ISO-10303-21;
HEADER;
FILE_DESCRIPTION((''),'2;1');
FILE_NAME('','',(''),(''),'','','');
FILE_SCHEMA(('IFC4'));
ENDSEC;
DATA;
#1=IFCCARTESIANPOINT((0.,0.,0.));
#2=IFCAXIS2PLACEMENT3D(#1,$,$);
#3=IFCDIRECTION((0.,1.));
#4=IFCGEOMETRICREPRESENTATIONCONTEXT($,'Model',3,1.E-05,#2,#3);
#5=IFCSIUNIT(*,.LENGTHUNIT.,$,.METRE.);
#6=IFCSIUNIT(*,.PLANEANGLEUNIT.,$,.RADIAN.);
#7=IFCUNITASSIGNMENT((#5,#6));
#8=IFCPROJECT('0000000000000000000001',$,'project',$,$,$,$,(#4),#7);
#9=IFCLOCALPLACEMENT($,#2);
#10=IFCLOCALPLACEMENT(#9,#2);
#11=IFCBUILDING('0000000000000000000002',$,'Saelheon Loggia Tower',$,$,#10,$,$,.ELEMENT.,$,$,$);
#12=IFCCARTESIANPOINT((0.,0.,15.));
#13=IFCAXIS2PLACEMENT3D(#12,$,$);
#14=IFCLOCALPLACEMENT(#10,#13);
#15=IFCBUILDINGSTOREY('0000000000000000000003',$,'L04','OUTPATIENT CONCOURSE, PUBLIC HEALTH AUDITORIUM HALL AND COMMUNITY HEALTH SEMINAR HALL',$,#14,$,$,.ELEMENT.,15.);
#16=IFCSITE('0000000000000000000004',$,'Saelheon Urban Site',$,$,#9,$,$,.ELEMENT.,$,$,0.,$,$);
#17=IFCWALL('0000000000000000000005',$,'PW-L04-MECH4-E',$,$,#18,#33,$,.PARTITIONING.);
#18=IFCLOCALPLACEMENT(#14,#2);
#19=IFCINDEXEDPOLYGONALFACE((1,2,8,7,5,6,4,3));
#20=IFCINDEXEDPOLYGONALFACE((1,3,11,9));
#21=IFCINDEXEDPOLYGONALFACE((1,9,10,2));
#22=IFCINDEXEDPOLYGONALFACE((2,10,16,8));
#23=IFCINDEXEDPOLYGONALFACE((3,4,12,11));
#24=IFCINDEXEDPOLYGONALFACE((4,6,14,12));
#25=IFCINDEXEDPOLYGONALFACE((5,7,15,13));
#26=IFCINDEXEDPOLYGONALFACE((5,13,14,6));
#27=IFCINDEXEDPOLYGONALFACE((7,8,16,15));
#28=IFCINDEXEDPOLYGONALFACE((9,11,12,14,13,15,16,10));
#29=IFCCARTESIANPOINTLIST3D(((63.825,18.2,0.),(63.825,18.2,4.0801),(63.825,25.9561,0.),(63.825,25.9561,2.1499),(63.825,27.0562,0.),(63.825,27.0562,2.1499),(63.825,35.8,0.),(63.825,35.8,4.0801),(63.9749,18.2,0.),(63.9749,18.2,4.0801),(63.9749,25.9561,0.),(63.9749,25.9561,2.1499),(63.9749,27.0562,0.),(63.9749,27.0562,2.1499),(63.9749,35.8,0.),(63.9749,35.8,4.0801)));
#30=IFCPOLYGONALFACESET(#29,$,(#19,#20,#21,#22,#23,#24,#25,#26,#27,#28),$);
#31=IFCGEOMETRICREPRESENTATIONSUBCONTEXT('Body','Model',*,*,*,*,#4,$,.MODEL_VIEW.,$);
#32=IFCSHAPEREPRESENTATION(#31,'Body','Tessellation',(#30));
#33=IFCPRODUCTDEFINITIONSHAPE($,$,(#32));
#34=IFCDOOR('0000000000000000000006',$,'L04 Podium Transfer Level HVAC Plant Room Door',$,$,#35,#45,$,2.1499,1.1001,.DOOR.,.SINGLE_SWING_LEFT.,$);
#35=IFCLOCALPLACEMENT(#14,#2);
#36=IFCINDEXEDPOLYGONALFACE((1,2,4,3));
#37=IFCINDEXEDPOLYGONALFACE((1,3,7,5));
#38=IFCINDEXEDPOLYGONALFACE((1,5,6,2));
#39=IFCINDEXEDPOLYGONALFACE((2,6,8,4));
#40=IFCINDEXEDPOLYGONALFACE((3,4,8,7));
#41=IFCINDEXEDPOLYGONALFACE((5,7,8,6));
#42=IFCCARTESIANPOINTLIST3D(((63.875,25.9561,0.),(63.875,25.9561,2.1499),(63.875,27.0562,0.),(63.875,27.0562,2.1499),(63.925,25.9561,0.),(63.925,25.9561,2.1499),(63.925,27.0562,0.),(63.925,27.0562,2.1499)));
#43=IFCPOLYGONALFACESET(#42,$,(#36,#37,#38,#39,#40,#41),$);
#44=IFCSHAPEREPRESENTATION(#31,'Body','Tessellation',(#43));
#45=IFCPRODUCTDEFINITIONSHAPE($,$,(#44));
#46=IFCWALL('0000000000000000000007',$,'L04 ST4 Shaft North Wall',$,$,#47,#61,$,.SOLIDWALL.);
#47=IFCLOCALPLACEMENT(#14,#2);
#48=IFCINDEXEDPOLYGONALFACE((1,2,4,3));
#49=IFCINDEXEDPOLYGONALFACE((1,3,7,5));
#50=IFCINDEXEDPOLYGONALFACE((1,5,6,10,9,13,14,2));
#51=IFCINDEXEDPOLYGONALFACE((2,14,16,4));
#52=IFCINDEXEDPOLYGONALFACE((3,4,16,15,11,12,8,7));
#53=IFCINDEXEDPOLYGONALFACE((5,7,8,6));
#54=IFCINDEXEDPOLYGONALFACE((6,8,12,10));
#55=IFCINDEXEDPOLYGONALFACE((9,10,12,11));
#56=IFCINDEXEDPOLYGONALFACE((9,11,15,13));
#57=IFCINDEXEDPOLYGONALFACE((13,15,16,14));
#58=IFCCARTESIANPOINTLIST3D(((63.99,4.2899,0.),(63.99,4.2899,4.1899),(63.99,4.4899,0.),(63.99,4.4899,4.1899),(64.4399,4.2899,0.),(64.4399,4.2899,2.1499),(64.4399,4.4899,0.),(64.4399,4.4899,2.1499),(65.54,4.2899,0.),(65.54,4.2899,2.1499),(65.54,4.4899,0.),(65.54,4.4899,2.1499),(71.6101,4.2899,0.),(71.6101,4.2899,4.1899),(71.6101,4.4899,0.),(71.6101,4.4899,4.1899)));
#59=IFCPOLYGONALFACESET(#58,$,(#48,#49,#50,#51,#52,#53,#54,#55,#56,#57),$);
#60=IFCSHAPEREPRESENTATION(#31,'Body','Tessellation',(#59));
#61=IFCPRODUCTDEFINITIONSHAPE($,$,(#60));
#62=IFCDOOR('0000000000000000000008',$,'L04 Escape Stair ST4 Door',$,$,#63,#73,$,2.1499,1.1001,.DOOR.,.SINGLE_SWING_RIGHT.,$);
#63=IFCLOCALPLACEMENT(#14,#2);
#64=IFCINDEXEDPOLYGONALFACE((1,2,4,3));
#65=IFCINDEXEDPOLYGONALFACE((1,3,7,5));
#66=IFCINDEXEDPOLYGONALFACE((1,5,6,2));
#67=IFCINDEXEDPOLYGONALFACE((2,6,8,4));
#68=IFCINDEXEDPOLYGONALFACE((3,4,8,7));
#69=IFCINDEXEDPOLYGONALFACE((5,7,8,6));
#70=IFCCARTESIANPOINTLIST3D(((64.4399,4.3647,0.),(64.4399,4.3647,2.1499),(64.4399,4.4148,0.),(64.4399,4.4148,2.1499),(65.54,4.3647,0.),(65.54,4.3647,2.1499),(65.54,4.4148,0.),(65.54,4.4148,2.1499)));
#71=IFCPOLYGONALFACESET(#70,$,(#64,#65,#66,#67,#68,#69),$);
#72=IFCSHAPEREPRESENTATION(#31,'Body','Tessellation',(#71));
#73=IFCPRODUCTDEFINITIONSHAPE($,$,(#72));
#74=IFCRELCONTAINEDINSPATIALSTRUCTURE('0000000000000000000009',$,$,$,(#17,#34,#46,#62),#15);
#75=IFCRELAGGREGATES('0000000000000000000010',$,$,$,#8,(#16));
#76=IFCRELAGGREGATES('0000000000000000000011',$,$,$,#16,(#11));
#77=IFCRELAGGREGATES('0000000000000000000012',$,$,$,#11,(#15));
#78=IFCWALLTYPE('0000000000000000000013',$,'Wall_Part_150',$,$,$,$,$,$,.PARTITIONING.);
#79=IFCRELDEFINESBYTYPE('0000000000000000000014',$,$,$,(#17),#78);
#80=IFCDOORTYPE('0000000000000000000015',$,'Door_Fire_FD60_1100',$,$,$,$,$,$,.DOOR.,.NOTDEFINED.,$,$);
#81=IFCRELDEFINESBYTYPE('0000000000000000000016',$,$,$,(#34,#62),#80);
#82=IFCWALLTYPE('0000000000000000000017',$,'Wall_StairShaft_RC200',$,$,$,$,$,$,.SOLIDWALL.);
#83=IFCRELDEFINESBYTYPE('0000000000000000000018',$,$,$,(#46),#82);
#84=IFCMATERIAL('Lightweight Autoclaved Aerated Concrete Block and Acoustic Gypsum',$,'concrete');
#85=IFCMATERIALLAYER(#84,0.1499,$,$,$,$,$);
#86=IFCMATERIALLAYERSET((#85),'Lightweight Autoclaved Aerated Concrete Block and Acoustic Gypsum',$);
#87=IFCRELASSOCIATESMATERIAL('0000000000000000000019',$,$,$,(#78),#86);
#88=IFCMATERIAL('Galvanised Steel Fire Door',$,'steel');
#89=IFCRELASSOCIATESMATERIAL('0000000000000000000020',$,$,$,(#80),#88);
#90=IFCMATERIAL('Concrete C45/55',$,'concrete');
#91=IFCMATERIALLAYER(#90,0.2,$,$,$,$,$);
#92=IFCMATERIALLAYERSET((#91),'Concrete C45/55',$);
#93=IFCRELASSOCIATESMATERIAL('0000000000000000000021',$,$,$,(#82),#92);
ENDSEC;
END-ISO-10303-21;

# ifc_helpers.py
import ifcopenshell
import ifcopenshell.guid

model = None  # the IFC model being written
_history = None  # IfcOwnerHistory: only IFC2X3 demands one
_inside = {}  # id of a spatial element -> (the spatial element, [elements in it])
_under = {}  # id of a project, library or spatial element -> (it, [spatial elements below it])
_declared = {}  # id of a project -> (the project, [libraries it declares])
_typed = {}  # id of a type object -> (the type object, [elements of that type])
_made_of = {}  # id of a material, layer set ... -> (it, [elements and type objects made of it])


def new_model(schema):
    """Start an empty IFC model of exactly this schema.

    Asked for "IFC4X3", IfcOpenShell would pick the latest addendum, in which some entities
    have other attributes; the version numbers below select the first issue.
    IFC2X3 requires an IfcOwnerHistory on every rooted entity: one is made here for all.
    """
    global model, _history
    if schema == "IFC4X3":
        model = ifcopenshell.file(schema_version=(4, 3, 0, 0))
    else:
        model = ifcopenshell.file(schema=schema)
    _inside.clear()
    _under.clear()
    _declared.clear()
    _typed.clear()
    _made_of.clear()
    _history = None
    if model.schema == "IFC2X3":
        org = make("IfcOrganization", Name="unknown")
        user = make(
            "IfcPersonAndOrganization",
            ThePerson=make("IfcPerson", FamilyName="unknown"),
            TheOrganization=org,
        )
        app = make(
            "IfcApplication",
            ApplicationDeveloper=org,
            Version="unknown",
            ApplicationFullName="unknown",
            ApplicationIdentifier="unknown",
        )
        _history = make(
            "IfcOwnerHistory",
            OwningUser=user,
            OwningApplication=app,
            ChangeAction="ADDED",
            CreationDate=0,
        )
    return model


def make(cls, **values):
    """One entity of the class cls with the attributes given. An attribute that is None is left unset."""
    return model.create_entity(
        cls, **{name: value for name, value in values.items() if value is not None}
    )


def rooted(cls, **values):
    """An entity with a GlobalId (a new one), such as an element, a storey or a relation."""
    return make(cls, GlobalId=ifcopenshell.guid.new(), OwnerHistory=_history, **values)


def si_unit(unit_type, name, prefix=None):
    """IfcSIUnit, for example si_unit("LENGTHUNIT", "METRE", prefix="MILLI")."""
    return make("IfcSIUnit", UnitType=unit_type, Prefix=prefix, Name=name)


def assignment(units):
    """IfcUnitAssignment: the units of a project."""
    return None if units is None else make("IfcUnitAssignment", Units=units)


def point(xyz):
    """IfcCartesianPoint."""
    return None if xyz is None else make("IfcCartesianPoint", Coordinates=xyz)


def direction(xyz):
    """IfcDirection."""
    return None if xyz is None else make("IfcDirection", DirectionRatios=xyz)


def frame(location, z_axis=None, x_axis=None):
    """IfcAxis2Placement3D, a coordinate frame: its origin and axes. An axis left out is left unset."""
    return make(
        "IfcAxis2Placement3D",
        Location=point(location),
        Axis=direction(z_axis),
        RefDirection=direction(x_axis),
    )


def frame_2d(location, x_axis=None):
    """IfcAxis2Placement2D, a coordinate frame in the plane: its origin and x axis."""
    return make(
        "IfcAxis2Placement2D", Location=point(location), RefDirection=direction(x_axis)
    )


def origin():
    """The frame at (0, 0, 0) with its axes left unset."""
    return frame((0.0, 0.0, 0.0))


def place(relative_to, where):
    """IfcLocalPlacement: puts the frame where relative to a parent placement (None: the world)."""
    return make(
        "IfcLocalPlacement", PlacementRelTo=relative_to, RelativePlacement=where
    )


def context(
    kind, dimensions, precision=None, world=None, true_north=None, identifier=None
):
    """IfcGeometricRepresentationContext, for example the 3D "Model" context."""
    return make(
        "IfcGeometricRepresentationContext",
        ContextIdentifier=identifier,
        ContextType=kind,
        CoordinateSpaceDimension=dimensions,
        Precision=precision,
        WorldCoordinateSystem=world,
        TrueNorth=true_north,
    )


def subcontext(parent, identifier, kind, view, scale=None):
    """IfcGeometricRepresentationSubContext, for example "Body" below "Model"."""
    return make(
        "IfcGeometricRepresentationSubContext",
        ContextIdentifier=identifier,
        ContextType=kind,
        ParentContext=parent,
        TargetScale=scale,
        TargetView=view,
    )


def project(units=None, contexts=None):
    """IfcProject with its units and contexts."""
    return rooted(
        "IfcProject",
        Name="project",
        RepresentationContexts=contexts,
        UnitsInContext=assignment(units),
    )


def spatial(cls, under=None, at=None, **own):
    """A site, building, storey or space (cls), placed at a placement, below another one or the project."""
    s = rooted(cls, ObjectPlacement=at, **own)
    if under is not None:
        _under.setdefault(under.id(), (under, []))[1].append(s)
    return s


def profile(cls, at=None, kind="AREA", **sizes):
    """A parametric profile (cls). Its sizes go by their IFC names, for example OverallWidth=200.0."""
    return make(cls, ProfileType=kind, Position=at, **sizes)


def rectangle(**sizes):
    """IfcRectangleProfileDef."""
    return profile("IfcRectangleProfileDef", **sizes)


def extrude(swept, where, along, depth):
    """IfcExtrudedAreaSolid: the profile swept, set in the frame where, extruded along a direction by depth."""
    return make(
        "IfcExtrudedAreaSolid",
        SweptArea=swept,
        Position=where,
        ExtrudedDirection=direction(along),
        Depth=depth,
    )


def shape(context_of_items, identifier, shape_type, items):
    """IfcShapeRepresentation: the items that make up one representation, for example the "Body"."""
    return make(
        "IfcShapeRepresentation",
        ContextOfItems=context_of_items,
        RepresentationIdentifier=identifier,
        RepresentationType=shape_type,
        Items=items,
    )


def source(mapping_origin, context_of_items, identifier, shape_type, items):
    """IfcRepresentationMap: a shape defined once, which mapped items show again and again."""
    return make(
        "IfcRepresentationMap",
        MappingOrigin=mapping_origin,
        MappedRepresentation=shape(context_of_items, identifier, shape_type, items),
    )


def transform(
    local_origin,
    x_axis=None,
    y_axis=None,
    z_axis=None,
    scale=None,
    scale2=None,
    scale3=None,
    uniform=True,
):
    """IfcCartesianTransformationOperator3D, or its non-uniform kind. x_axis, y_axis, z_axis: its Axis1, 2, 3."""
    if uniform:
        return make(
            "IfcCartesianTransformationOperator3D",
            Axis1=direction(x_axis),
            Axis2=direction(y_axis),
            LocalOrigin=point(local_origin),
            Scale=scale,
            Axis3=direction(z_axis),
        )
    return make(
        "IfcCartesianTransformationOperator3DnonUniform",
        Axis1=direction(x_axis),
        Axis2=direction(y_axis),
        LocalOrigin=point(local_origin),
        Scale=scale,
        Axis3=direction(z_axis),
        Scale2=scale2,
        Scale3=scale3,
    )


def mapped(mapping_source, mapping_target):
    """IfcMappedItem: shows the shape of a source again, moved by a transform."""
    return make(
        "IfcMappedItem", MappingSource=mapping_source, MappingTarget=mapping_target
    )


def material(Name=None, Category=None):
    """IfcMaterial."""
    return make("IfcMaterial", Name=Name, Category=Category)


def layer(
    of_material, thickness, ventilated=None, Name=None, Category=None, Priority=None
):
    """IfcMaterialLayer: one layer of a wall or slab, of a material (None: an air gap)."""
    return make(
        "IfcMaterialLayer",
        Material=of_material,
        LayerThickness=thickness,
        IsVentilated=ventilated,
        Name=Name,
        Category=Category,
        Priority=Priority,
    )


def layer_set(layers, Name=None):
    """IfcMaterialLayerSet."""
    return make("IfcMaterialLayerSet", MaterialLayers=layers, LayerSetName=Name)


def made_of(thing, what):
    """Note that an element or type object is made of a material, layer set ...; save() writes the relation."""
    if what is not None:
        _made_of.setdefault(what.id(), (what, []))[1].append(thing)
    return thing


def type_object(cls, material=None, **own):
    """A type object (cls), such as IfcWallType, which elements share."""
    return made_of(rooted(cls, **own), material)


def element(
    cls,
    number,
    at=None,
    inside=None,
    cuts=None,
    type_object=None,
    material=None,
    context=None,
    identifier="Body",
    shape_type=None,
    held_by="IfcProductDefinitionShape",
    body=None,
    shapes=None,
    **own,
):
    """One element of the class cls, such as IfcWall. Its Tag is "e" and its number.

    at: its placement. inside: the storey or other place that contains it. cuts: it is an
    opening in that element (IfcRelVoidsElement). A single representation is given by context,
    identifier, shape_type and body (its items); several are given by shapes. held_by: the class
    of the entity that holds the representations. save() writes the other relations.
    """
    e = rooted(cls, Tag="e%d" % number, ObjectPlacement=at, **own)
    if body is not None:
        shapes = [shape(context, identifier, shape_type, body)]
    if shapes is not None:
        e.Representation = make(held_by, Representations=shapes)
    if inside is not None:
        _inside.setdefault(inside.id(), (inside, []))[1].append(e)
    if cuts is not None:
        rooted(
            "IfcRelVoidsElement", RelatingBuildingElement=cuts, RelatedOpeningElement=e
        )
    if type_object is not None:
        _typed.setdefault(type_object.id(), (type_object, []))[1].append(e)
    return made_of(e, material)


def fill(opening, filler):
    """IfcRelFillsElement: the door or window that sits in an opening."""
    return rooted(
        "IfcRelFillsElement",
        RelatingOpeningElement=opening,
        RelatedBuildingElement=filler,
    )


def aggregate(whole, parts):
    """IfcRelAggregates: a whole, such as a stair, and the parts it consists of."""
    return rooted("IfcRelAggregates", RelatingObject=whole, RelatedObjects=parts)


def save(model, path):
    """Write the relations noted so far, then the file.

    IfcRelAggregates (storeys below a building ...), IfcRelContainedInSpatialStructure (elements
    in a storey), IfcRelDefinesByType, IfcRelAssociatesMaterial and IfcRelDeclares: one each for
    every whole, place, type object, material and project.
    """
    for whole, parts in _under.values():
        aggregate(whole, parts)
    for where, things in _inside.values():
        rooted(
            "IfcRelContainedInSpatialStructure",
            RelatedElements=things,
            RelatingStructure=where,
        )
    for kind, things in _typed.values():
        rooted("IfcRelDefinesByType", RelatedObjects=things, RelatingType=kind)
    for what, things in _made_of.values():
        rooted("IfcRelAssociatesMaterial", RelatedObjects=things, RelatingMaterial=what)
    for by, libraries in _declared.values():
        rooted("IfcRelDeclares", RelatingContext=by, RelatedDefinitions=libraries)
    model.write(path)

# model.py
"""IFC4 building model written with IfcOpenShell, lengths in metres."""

from ifc_helpers import new_model, si_unit, direction, frame, frame_2d, origin, place, context, subcontext, project, spatial, rectangle, extrude, source, transform, mapped, material, layer, layer_set, type_object, element, fill, save


model = new_model("IFC4")

# Units and contexts
model_context = context("Model", 3, precision=1e-05, world=origin(), true_north=direction((0.0, 1.0)))
body_context = subcontext(model_context, "Body", "Model", "MODEL_VIEW")
ifc_project = project(units=[si_unit("LENGTHUNIT", "METRE"), si_unit("PLANEANGLEUNIT", "RADIAN")], contexts=[model_context])

# Site, building, storey
site_placement = place(None, origin())
site = spatial("IfcSite", under=ifc_project, at=site_placement, Name="Saelheon Urban Site", CompositionType="ELEMENT", RefElevation=0.0)
building_placement = place(site_placement, origin())
building = spatial("IfcBuilding", under=site, at=building_placement, Name="Saelheon Loggia Tower", CompositionType="ELEMENT")
storey_placement = place(building_placement, frame((0.0, 0.0, 15.0)))
storey = spatial("IfcBuildingStorey", under=building, at=storey_placement, Name="L04", Description="OUTPATIENT CONCOURSE, PUBLIC HEALTH AUDITORIUM HALL AND COMMUNITY HEALTH SEMINAR HALL", CompositionType="ELEMENT", Elevation=15.0)

# Shared definitions
ifc_material_1 = material(Name="Concrete C45/55", Category="concrete")

# Shared definitions
ifc_material_2 = material(Name="Lightweight Autoclaved Aerated Concrete Block and Acoustic Gypsum", Category="concrete")
ifc_layer_1 = layer(ifc_material_2, 0.1499)
ifc_layer_set_1 = layer_set([ifc_layer_1], Name="Lightweight Autoclaved Aerated Concrete Block and Acoustic Gypsum")
wall_type_1 = type_object("IfcWallType", Name="Wall_Part_150", PredefinedType="PARTITIONING", material=ifc_layer_set_1)

# Walls, openings, doors
wall_1_placement = place(storey_placement, frame((63.8999, 18.2, 0.0), z_axis=(0.0, 0.0, 1.0), x_axis=(0.0, 1.0, 0.0)))
wall_1 = element("IfcWall", 1, at=wall_1_placement, inside=storey, type_object=wall_type_1, Name="PW-L04-MECH4-E", PredefinedType="PARTITIONING", context=body_context, shape_type="SweptSolid", body=[
    extrude(rectangle(XDim=17.6001, YDim=0.1499, at=frame_2d((8.8, 0.0))), origin(), (0.0, 0.0, 1.0), 4.0801),
])
opening_1_placement = place(wall_1_placement, frame((7.7561, 0.0, 0.0)))
opening_1 = element("IfcOpeningElement", 2, at=opening_1_placement, cuts=wall_1, PredefinedType="OPENING", context=body_context, shape_type="SweptSolid", body=[
    extrude(rectangle(XDim=1.1001, YDim=2.1499, at=frame_2d((0.55, 1.075))), frame((0.0, 0.0869, 0.0), z_axis=(0.0, -1.0, 0.0), x_axis=(1.0, 0.0, 0.0)), (0.0, 0.0, 1.0), 0.1738),
])
ifc_material_3 = material(Name="Galvanised Steel Fire Door", Category="steel")
door_type_1 = type_object("IfcDoorType", Name="Door_Fire_FD60_1100", OperationType="NOTDEFINED", PredefinedType="DOOR", material=ifc_material_3)
shared_shape_1 = source(origin(), body_context, "Body", "SweptSolid", [
    extrude(rectangle(XDim=1.1001, YDim=2.1499, at=frame_2d((0.55, 1.075))), frame((0.0, 0.0249, 0.0), z_axis=(0.0, -1.0, 0.0), x_axis=(1.0, 0.0, 0.0)), (0.0, 0.0, 1.0), 0.05),
])
door_1_placement = place(opening_1_placement, origin())
door_1 = element("IfcDoor", 3, at=door_1_placement, inside=storey, type_object=door_type_1, Name="L04 Podium Transfer Level HVAC Plant Room Door", OperationType="SINGLE_SWING_LEFT", OverallHeight=2.1499, OverallWidth=1.1001, PredefinedType="DOOR", context=body_context, shape_type="MappedRepresentation", body=[
    mapped(shared_shape_1, transform((0.0, 0.0, 0.0), scale=1.0)),
])
fill(opening_1, door_1)
ifc_layer_2 = layer(ifc_material_1, 0.2)
ifc_layer_set_2 = layer_set([ifc_layer_2], Name="Concrete C45/55")
wall_type_2 = type_object("IfcWallType", Name="Wall_StairShaft_RC200", PredefinedType="SOLIDWALL", material=ifc_layer_set_2)
wall_2_placement = place(storey_placement, frame((63.99, 4.3899, 0.0), z_axis=(0.0, 0.0, 1.0), x_axis=(1.0, 0.0, 0.0)))
wall_2 = element("IfcWall", 4, at=wall_2_placement, inside=storey, type_object=wall_type_2, Name="L04 ST4 Shaft North Wall", PredefinedType="SOLIDWALL", context=body_context, shape_type="SweptSolid", body=[
    extrude(rectangle(XDim=7.6201, YDim=0.2, at=frame_2d((3.8101, 0.0))), origin(), (0.0, 0.0, 1.0), 4.1899),
])
opening_2_placement = place(wall_2_placement, frame((0.45, 0.0, 0.0)))
opening_2 = element("IfcOpeningElement", 5, at=opening_2_placement, cuts=wall_2, PredefinedType="OPENING", context=body_context, shape_type="SweptSolid", body=[
    extrude(rectangle(XDim=1.1001, YDim=2.1499, at=frame_2d((0.55, 1.075))), frame((0.0, 0.1121, 0.0), z_axis=(0.0, -1.0, 0.0), x_axis=(1.0, 0.0, 0.0)), (0.0, 0.0, 1.0), 0.2239),
])
door_2_placement = place(opening_2_placement, origin())
door_2 = element("IfcDoor", 6, at=door_2_placement, inside=storey, type_object=door_type_1, Name="L04 Escape Stair ST4 Door", OperationType="SINGLE_SWING_RIGHT", OverallHeight=2.1499, OverallWidth=1.1001, PredefinedType="DOOR", context=body_context, shape_type="MappedRepresentation", body=[
    mapped(shared_shape_1, transform((0.0, 0.0, 0.0), scale=1.0)),
])
fill(opening_2, door_2)

save(model, "model.ifc")
